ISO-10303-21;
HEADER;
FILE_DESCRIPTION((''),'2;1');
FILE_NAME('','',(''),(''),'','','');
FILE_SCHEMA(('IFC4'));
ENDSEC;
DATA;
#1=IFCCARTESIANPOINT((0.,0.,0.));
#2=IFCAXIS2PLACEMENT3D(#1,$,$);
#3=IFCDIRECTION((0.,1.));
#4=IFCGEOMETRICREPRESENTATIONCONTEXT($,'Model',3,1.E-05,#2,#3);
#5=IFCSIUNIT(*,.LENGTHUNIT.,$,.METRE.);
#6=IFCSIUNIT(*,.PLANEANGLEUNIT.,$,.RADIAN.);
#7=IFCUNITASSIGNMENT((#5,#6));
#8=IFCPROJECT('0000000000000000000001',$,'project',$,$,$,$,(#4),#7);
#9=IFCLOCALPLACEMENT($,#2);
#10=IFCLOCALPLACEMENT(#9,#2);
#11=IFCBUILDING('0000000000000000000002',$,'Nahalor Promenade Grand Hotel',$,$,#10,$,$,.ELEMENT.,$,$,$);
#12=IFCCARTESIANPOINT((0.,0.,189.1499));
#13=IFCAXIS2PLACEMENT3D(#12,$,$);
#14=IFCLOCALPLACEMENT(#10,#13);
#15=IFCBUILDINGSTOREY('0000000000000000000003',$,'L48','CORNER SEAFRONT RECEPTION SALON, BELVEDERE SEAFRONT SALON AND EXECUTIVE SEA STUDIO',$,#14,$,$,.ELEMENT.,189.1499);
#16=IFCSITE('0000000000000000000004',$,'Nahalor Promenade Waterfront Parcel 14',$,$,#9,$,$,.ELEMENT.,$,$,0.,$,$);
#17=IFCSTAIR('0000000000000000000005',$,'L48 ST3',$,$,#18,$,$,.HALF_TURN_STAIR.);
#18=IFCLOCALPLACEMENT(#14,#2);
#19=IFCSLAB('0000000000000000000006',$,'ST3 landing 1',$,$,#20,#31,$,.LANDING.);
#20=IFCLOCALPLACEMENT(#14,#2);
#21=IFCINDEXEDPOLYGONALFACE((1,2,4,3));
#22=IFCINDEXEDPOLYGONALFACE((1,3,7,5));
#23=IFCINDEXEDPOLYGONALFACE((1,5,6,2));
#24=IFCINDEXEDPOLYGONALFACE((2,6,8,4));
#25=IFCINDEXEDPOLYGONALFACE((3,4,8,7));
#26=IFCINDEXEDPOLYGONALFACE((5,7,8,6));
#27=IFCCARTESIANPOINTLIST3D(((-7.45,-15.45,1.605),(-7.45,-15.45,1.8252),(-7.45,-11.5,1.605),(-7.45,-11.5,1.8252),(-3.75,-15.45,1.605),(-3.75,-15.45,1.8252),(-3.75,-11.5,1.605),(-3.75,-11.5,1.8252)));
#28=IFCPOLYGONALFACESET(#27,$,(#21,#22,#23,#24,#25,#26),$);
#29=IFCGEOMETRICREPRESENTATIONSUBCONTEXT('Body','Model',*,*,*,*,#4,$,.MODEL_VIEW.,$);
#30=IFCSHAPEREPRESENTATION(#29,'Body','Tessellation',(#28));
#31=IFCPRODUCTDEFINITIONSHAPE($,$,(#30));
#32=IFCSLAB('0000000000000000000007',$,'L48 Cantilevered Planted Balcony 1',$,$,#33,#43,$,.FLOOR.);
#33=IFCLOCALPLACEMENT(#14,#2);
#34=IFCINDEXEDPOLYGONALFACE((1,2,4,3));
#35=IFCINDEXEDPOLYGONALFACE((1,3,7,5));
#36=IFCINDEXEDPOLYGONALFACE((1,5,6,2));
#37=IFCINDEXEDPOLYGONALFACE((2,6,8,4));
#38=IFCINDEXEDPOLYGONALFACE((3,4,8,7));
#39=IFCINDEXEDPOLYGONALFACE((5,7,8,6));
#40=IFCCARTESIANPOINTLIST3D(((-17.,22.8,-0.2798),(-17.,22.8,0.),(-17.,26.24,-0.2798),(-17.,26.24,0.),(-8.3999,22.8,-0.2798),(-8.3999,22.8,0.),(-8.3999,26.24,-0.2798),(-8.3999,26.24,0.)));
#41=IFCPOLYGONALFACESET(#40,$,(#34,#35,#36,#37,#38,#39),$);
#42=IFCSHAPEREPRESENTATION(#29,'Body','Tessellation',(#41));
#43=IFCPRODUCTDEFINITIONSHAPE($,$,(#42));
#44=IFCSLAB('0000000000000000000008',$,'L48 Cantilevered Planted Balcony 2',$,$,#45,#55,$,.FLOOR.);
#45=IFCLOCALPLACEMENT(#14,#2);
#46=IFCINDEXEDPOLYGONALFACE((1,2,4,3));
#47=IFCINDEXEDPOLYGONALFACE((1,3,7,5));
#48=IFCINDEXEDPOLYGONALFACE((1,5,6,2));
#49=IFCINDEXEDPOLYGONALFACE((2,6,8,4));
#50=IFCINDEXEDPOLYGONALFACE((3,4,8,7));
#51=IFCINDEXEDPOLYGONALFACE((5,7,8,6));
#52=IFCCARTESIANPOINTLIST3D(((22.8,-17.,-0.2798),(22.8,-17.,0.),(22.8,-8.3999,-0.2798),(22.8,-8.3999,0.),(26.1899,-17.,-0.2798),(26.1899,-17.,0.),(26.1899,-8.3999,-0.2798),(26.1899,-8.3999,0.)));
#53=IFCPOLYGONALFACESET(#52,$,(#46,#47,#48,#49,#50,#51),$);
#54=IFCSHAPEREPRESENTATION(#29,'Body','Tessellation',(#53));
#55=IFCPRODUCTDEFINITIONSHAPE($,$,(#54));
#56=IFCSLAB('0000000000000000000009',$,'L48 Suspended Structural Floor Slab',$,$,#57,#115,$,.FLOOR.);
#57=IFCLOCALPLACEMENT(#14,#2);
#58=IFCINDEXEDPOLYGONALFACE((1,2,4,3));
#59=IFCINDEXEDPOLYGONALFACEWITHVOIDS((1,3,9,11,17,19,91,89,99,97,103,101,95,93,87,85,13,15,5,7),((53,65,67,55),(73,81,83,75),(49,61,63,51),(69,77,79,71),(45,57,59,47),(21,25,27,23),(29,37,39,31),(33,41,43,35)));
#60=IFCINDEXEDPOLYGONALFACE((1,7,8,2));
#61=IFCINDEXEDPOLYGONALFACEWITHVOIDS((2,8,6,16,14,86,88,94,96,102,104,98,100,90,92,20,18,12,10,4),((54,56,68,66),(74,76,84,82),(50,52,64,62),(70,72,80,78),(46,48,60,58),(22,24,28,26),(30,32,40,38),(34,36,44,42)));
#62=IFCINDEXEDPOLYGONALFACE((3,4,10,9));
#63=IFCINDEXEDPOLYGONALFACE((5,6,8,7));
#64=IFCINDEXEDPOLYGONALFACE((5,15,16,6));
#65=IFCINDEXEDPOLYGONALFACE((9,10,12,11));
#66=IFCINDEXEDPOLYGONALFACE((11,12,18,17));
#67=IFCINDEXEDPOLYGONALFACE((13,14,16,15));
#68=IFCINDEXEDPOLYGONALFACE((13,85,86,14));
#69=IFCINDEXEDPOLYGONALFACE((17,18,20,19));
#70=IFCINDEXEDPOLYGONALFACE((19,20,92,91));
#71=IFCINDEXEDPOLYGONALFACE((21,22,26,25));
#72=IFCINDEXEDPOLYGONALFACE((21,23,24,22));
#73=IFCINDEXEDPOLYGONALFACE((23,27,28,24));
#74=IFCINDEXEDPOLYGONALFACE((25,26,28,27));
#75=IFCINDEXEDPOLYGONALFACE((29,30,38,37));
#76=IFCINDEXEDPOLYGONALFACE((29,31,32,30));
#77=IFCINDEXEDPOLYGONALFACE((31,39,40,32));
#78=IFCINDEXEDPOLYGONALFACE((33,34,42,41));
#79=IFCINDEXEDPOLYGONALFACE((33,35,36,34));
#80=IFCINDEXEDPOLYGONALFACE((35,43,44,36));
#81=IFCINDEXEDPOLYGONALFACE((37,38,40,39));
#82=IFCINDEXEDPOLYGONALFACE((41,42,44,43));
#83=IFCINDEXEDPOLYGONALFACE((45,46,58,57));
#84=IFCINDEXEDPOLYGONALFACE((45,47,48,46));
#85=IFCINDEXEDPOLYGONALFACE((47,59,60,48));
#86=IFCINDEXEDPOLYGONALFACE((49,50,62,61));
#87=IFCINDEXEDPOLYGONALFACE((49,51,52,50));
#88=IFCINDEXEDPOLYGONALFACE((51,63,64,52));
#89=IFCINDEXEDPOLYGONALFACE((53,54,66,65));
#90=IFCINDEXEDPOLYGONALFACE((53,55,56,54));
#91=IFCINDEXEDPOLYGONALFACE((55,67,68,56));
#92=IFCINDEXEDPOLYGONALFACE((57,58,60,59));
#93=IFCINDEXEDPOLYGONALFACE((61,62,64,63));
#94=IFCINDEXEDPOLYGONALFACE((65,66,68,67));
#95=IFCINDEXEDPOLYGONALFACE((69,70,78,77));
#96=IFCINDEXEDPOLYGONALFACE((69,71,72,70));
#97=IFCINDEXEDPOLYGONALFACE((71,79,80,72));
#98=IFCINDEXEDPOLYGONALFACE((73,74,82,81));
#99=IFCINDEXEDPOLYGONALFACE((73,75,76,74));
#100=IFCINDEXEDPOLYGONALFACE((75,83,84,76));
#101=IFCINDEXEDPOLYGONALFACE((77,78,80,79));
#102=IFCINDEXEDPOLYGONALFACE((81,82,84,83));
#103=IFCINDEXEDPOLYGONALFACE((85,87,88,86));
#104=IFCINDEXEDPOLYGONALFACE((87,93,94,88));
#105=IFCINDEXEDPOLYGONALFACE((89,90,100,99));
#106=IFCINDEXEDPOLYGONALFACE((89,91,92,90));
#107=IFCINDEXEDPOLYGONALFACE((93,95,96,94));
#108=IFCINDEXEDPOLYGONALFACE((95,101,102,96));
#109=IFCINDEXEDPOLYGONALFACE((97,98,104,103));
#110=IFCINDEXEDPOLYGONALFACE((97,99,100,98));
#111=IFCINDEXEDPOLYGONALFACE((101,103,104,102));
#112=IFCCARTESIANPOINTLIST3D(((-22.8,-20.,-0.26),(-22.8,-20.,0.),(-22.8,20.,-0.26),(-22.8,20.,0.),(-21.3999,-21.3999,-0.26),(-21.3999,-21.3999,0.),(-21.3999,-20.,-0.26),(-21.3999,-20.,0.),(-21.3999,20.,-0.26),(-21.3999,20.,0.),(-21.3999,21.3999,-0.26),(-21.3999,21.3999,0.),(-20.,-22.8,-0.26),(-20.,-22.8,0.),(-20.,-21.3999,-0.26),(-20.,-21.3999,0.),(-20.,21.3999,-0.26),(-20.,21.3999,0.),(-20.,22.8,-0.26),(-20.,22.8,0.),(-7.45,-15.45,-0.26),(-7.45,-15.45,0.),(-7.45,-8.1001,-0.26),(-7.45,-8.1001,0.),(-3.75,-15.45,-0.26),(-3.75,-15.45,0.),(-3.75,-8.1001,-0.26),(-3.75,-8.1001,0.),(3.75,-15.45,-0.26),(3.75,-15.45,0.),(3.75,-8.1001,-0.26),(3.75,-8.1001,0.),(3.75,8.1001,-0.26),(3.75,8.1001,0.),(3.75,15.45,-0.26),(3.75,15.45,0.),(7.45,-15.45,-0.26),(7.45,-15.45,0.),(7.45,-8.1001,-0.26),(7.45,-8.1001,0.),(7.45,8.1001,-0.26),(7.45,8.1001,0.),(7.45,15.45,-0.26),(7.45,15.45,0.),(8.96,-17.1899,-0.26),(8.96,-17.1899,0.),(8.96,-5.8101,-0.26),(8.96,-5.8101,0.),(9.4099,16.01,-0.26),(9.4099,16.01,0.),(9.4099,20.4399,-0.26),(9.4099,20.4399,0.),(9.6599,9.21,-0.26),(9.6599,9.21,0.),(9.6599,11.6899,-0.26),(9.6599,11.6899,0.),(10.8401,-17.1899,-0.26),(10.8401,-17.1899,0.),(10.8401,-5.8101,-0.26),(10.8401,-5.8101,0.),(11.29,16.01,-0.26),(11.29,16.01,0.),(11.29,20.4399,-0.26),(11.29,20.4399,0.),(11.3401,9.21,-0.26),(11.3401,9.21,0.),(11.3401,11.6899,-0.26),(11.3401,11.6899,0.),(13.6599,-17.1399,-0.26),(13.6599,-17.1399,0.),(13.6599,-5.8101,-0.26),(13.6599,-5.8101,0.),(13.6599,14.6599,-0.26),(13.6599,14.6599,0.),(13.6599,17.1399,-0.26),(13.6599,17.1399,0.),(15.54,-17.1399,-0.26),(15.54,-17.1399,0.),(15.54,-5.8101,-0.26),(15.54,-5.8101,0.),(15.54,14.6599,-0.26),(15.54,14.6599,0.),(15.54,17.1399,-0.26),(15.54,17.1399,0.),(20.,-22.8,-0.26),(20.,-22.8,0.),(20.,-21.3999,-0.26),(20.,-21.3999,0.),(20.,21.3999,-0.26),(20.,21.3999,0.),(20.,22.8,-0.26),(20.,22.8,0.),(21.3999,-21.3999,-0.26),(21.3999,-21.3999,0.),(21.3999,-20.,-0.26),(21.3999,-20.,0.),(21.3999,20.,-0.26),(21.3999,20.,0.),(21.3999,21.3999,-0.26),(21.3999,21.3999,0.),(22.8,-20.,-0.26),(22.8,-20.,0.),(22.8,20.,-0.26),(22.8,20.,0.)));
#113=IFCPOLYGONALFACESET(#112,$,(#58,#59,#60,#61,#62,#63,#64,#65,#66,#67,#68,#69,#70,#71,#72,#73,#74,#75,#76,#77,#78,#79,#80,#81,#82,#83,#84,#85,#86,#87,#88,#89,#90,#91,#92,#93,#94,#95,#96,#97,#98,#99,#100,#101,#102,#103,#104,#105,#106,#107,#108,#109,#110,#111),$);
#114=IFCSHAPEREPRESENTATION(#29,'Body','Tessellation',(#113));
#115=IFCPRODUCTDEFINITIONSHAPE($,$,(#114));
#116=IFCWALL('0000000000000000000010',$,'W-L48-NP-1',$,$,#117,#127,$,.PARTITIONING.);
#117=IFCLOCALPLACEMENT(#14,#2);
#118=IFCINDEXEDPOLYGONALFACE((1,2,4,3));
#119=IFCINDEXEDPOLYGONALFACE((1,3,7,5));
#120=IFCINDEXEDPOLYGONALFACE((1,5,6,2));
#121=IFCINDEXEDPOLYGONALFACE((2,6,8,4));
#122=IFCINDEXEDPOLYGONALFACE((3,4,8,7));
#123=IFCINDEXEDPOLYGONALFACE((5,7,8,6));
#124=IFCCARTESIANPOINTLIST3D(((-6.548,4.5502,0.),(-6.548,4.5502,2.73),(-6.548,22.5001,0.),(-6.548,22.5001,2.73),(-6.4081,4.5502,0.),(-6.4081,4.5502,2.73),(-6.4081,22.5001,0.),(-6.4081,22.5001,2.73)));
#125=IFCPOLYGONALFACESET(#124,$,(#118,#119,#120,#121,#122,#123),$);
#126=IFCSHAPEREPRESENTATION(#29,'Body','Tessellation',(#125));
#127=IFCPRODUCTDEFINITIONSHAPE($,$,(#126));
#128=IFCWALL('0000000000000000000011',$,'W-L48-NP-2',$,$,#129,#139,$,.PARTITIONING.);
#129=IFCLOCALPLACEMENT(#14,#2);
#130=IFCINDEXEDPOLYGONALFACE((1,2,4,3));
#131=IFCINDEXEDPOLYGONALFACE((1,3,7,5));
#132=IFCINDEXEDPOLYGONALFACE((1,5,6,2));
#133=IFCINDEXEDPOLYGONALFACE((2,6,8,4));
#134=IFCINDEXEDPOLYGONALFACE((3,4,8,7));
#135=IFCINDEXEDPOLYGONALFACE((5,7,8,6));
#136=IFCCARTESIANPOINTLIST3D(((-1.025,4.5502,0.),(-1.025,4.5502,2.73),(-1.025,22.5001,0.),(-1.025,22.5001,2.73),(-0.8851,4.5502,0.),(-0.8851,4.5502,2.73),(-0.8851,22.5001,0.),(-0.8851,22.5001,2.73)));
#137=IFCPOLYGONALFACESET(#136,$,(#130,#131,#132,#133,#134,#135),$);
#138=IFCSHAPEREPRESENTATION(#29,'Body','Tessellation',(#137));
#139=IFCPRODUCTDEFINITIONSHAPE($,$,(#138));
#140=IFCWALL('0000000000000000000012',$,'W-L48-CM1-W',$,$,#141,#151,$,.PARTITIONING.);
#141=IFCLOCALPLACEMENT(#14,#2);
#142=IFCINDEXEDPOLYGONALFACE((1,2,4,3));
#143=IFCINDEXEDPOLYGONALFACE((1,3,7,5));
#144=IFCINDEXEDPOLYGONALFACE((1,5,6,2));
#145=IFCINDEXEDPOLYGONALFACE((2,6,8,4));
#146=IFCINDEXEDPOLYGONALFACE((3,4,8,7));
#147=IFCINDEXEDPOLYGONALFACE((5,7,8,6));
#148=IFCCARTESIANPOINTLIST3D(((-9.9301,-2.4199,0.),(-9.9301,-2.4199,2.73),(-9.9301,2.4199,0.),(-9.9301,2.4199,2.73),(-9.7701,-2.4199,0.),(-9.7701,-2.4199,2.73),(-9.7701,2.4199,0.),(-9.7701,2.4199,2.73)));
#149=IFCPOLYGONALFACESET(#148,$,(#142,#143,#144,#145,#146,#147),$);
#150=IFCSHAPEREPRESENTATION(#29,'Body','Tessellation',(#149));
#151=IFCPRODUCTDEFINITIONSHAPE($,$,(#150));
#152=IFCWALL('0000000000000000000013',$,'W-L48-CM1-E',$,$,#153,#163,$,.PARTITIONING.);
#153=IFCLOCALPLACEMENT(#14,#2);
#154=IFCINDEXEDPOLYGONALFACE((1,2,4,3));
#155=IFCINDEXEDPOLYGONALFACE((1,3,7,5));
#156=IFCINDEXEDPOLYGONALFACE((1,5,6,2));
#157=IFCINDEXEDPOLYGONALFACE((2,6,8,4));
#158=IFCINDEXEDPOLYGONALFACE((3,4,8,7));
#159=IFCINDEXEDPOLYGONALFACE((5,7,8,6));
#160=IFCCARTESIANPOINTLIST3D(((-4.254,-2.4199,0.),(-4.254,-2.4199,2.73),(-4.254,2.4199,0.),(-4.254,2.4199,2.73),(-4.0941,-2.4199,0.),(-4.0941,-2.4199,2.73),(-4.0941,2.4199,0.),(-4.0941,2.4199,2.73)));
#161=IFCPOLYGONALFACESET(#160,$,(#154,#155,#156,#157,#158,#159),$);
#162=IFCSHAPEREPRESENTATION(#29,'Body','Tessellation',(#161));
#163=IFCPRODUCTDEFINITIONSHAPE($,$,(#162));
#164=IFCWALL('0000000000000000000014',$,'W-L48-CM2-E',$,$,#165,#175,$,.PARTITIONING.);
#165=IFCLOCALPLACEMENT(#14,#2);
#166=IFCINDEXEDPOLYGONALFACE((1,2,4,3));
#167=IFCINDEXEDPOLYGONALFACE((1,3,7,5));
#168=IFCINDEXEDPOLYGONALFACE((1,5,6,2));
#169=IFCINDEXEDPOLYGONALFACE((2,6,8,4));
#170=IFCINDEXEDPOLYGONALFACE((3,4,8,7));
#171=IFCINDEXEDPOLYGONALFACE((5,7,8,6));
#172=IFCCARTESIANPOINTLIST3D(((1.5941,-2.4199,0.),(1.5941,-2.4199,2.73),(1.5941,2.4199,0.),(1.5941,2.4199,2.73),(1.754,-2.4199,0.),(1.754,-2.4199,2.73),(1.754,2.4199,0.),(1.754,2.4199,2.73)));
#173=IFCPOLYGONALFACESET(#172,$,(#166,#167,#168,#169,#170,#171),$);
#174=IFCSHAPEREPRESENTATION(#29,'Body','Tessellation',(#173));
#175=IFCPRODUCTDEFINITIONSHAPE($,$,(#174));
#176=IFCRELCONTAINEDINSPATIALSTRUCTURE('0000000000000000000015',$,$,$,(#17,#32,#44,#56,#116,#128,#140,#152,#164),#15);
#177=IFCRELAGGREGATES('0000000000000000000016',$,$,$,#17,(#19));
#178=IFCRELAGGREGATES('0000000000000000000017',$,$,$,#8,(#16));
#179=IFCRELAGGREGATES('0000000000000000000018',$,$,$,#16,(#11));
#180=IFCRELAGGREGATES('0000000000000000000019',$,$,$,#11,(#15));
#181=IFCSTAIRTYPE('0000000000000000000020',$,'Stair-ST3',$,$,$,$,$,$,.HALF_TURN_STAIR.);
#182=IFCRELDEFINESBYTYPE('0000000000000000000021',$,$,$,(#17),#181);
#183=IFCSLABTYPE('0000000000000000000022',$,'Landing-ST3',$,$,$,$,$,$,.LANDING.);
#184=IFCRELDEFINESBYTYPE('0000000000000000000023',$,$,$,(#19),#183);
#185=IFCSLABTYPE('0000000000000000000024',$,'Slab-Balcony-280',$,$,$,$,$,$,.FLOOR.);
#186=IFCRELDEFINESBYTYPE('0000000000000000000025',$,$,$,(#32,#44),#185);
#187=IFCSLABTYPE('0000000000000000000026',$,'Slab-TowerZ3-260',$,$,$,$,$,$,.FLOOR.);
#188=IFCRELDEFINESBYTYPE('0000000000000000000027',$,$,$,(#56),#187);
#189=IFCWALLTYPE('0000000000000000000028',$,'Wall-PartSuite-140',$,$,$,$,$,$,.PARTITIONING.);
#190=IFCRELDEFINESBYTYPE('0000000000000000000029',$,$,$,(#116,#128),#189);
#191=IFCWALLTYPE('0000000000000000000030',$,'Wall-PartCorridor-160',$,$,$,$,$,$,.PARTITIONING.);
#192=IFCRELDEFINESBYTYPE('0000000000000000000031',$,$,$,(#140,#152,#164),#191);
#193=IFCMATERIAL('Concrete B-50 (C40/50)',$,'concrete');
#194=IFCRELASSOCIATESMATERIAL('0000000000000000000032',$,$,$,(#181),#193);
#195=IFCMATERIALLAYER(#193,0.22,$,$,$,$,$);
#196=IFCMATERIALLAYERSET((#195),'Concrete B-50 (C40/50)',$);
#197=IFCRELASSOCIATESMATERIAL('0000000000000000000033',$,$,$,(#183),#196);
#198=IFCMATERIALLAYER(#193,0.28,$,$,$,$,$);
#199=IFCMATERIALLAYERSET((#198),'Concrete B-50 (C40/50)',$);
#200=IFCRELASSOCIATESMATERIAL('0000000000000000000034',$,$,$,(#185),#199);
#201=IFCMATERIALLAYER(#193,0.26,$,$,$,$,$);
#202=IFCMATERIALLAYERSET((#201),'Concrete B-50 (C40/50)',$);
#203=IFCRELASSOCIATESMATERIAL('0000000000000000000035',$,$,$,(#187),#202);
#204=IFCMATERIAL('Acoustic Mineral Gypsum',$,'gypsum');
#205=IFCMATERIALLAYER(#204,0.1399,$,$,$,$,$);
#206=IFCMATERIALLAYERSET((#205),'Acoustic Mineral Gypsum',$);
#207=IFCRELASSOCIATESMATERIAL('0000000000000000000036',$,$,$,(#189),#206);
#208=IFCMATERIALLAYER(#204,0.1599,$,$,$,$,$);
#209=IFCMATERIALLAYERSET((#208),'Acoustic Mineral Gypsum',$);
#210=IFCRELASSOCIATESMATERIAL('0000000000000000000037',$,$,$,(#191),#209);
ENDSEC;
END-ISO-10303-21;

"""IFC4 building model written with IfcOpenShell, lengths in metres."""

from ifc_helpers import new_model, si_unit, direction, frame, frame_2d, origin, place, context, subcontext, project, spatial, polyline, rectangle, outline, extrude, source, transform, mapped, material, layer, layer_set, type_object, element, aggregate, save


model = new_model("IFC4")

# Units and contexts
model_context = context("Model", 3, precision=1e-05, world=origin(), true_north=direction((0.0, 1.0)))
body_context = subcontext(model_context, "Body", "Model", "MODEL_VIEW")
ifc_project = project(units=[si_unit("LENGTHUNIT", "METRE"), si_unit("PLANEANGLEUNIT", "RADIAN")], contexts=[model_context])

# Site, building, storey
site_placement = place(None, origin())
site = spatial("IfcSite", under=ifc_project, at=site_placement, Name="Nahalor Promenade Waterfront Parcel 14", CompositionType="ELEMENT", RefElevation=0.0)
building_placement = place(site_placement, origin())
building = spatial("IfcBuilding", under=site, at=building_placement, Name="Nahalor Promenade Grand Hotel", CompositionType="ELEMENT")
storey_placement = place(building_placement, frame((0.0, 0.0, 189.1499)))
storey = spatial("IfcBuildingStorey", under=building, at=storey_placement, Name="L48", Description="CORNER SEAFRONT RECEPTION SALON, BELVEDERE SEAFRONT SALON AND EXECUTIVE SEA STUDIO", CompositionType="ELEMENT", Elevation=189.1499)

# Stair, slab
ifc_material_1 = material(Name="Concrete B-50 (C40/50)", Category="concrete")
stair_type_1 = type_object("IfcStairType", Name="Stair-ST3", PredefinedType="HALF_TURN_STAIR", material=ifc_material_1)
stair_1_placement = place(storey_placement, origin())
stair_1 = element("IfcStair", 1, at=stair_1_placement, inside=storey, type_object=stair_type_1, Name="L48 ST3", PredefinedType="HALF_TURN_STAIR")
ifc_layer_1 = layer(ifc_material_1, 0.22)
ifc_layer_set_1 = layer_set([ifc_layer_1], Name="Concrete B-50 (C40/50)")
slab_type_1 = type_object("IfcSlabType", Name="Landing-ST3", PredefinedType="LANDING", material=ifc_layer_set_1)
slab_1_placement = place(storey_placement, frame((0.0, 0.0, 1.605)))
slab_1 = element("IfcSlab", 2, at=slab_1_placement, type_object=slab_type_1, Name="ST3 landing 1", PredefinedType="LANDING", context=body_context, shape_type="SweptSolid", body=[
    extrude(outline(polyline([(-7.45, -11.5), (-7.45, -15.45), (-3.75, -15.45), (-3.75, -11.5), (-7.45, -11.5)])), origin(), (0.0, 0.0, 1.0), 0.2202),
])
aggregate(stair_1, [slab_1])

# Slabs
ifc_layer_2 = layer(ifc_material_1, 0.28)
ifc_layer_set_2 = layer_set([ifc_layer_2], Name="Concrete B-50 (C40/50)")
slab_type_2 = type_object("IfcSlabType", Name="Slab-Balcony-280", PredefinedType="FLOOR", material=ifc_layer_set_2)
slab_2_placement = place(storey_placement, frame((0.0, 0.0, -0.2798)))
element("IfcSlab", 3, at=slab_2_placement, inside=storey, type_object=slab_type_2, Name="L48 Cantilevered Planted Balcony 1", PredefinedType="FLOOR", context=body_context, shape_type="SweptSolid", body=[
    extrude(outline(polyline([(-17.0, 22.8), (-8.3999, 22.8), (-8.3999, 26.24), (-17.0, 26.24), (-17.0, 22.8)])), origin(), (0.0, 0.0, 1.0), 0.2798),
])
slab_3_placement = place(storey_placement, frame((0.0, 0.0, -0.2798)))
element("IfcSlab", 4, at=slab_3_placement, inside=storey, type_object=slab_type_2, Name="L48 Cantilevered Planted Balcony 2", PredefinedType="FLOOR", context=body_context, shape_type="SweptSolid", body=[
    extrude(outline(polyline([(22.8, -17.0), (26.1899, -17.0), (26.1899, -8.3999), (22.8, -8.3999), (22.8, -17.0)])), origin(), (0.0, 0.0, 1.0), 0.2798),
])
ifc_layer_3 = layer(ifc_material_1, 0.26)
ifc_layer_set_3 = layer_set([ifc_layer_3], Name="Concrete B-50 (C40/50)")
slab_type_3 = type_object("IfcSlabType", Name="Slab-TowerZ3-260", PredefinedType="FLOOR", material=ifc_layer_set_3)
slab_4_placement = place(storey_placement, frame((0.0, 0.0, -0.26)))
element("IfcSlab", 5, at=slab_4_placement, inside=storey, type_object=slab_type_3, Name="L48 Suspended Structural Floor Slab", PredefinedType="FLOOR", context=body_context, shape_type="SweptSolid", body=[
    extrude(outline(polyline([(-20.0, -22.8), (20.0, -22.8), (20.0, -21.3999), (21.3999, -21.3999), (21.3999, -20.0), (22.8, -20.0), (22.8, 20.0), (21.3999, 20.0), (21.3999, 21.3999), (20.0, 21.3999), (20.0, 22.8), (-20.0, 22.8), (-20.0, 21.3999), (-21.3999, 21.3999), (-21.3999, 20.0), (-22.8, 20.0), (-22.8, -20.0), (-21.3999, -20.0), (-21.3999, -21.3999), (-20.0, -21.3999), (-20.0, -22.8)]), holes=[polyline([(3.75, 8.1001), (7.45, 8.1001), (7.45, 15.45), (3.75, 15.45), (3.75, 8.1001)]), polyline([(3.75, -15.45), (7.45, -15.45), (7.45, -8.1001), (3.75, -8.1001), (3.75, -15.45)]), polyline([(-7.45, -15.45), (-3.75, -15.45), (-3.75, -8.1001), (-7.45, -8.1001), (-7.45, -15.45)]), polyline([(13.6599, -17.1399), (15.54, -17.1399), (15.54, -5.8101), (13.6599, -5.8101), (13.6599, -17.1399)]), polyline([(8.96, -17.1899), (10.8401, -17.1899), (10.8401, -5.8101), (8.96, -5.8101), (8.96, -17.1899)]), polyline([(9.4099, 16.01), (11.29, 16.01), (11.29, 20.4399), (9.4099, 20.4399), (9.4099, 16.01)]), polyline([(9.6599, 9.21), (11.3401, 9.21), (11.3401, 11.6899), (9.6599, 11.6899), (9.6599, 9.21)]), polyline([(13.6599, 14.6599), (15.54, 14.6599), (15.54, 17.1399), (13.6599, 17.1399), (13.6599, 14.6599)])]), origin(), (0.0, 0.0, 1.0), 0.26),
])

# Walls
ifc_material_2 = material(Name="Acoustic Mineral Gypsum", Category="gypsum")
ifc_layer_4 = layer(ifc_material_2, 0.1399)
ifc_layer_set_4 = layer_set([ifc_layer_4], Name="Acoustic Mineral Gypsum")
wall_type_1 = type_object("IfcWallType", Name="Wall-PartSuite-140", PredefinedType="PARTITIONING", material=ifc_layer_set_4)
shared_shape_1 = source(origin(), body_context, "Body", "SweptSolid", [
    extrude(rectangle(XDim=17.95, YDim=0.1399, at=frame_2d((8.9751, 0.0))), origin(), (0.0, 0.0, 1.0), 2.73),
])
for number, where, z_axis, x_axis, name in (
    (6, (-6.478, 4.55, 0.0), (0.0, 0.0, 1.0), (0.0, 1.0, 0.0), "W-L48-NP-1"),
    (7, (-0.9551, 4.55, 0.0), (0.0, 0.0, 1.0), (0.0, 1.0, 0.0), "W-L48-NP-2"),
):
    element("IfcWall", number, at=place(storey_placement, frame(where, z_axis=z_axis, x_axis=x_axis)), inside=storey, type_object=wall_type_1, Name=name, PredefinedType="PARTITIONING", context=body_context, shape_type="MappedRepresentation", body=[
        mapped(shared_shape_1, transform((0.0, 0.0, 0.0), scale=1.0)),
    ])
ifc_layer_5 = layer(ifc_material_2, 0.1599)
ifc_layer_set_5 = layer_set([ifc_layer_5], Name="Acoustic Mineral Gypsum")
wall_type_2 = type_object("IfcWallType", Name="Wall-PartCorridor-160", PredefinedType="PARTITIONING", material=ifc_layer_set_5)
shared_shape_2 = source(origin(), body_context, "Body", "SweptSolid", [
    extrude(rectangle(XDim=4.8398, YDim=0.1599, at=frame_2d((2.4199, 0.0))), origin(), (0.0, 0.0, 1.0), 2.73),
])
for number, where, z_axis, x_axis, name in (
    (8, (-9.8501, -2.4199, 0.0), (0.0, 0.0, 1.0), (0.0, 1.0, 0.0), "W-L48-CM1-W"),
    (9, (-4.1741, -2.4199, 0.0), (0.0, 0.0, 1.0), (0.0, 1.0, 0.0), "W-L48-CM1-E"),
    (10, (1.6741, -2.4199, 0.0), (0.0, 0.0, 1.0), (0.0, 1.0, 0.0), "W-L48-CM2-E"),
):
    element("IfcWall", number, at=place(storey_placement, frame(where, z_axis=z_axis, x_axis=x_axis)), inside=storey, type_object=wall_type_2, Name=name, PredefinedType="PARTITIONING", context=body_context, shape_type="MappedRepresentation", body=[
        mapped(shared_shape_2, transform((0.0, 0.0, 0.0), scale=1.0)),
    ])

save(model, "model.ifc")
